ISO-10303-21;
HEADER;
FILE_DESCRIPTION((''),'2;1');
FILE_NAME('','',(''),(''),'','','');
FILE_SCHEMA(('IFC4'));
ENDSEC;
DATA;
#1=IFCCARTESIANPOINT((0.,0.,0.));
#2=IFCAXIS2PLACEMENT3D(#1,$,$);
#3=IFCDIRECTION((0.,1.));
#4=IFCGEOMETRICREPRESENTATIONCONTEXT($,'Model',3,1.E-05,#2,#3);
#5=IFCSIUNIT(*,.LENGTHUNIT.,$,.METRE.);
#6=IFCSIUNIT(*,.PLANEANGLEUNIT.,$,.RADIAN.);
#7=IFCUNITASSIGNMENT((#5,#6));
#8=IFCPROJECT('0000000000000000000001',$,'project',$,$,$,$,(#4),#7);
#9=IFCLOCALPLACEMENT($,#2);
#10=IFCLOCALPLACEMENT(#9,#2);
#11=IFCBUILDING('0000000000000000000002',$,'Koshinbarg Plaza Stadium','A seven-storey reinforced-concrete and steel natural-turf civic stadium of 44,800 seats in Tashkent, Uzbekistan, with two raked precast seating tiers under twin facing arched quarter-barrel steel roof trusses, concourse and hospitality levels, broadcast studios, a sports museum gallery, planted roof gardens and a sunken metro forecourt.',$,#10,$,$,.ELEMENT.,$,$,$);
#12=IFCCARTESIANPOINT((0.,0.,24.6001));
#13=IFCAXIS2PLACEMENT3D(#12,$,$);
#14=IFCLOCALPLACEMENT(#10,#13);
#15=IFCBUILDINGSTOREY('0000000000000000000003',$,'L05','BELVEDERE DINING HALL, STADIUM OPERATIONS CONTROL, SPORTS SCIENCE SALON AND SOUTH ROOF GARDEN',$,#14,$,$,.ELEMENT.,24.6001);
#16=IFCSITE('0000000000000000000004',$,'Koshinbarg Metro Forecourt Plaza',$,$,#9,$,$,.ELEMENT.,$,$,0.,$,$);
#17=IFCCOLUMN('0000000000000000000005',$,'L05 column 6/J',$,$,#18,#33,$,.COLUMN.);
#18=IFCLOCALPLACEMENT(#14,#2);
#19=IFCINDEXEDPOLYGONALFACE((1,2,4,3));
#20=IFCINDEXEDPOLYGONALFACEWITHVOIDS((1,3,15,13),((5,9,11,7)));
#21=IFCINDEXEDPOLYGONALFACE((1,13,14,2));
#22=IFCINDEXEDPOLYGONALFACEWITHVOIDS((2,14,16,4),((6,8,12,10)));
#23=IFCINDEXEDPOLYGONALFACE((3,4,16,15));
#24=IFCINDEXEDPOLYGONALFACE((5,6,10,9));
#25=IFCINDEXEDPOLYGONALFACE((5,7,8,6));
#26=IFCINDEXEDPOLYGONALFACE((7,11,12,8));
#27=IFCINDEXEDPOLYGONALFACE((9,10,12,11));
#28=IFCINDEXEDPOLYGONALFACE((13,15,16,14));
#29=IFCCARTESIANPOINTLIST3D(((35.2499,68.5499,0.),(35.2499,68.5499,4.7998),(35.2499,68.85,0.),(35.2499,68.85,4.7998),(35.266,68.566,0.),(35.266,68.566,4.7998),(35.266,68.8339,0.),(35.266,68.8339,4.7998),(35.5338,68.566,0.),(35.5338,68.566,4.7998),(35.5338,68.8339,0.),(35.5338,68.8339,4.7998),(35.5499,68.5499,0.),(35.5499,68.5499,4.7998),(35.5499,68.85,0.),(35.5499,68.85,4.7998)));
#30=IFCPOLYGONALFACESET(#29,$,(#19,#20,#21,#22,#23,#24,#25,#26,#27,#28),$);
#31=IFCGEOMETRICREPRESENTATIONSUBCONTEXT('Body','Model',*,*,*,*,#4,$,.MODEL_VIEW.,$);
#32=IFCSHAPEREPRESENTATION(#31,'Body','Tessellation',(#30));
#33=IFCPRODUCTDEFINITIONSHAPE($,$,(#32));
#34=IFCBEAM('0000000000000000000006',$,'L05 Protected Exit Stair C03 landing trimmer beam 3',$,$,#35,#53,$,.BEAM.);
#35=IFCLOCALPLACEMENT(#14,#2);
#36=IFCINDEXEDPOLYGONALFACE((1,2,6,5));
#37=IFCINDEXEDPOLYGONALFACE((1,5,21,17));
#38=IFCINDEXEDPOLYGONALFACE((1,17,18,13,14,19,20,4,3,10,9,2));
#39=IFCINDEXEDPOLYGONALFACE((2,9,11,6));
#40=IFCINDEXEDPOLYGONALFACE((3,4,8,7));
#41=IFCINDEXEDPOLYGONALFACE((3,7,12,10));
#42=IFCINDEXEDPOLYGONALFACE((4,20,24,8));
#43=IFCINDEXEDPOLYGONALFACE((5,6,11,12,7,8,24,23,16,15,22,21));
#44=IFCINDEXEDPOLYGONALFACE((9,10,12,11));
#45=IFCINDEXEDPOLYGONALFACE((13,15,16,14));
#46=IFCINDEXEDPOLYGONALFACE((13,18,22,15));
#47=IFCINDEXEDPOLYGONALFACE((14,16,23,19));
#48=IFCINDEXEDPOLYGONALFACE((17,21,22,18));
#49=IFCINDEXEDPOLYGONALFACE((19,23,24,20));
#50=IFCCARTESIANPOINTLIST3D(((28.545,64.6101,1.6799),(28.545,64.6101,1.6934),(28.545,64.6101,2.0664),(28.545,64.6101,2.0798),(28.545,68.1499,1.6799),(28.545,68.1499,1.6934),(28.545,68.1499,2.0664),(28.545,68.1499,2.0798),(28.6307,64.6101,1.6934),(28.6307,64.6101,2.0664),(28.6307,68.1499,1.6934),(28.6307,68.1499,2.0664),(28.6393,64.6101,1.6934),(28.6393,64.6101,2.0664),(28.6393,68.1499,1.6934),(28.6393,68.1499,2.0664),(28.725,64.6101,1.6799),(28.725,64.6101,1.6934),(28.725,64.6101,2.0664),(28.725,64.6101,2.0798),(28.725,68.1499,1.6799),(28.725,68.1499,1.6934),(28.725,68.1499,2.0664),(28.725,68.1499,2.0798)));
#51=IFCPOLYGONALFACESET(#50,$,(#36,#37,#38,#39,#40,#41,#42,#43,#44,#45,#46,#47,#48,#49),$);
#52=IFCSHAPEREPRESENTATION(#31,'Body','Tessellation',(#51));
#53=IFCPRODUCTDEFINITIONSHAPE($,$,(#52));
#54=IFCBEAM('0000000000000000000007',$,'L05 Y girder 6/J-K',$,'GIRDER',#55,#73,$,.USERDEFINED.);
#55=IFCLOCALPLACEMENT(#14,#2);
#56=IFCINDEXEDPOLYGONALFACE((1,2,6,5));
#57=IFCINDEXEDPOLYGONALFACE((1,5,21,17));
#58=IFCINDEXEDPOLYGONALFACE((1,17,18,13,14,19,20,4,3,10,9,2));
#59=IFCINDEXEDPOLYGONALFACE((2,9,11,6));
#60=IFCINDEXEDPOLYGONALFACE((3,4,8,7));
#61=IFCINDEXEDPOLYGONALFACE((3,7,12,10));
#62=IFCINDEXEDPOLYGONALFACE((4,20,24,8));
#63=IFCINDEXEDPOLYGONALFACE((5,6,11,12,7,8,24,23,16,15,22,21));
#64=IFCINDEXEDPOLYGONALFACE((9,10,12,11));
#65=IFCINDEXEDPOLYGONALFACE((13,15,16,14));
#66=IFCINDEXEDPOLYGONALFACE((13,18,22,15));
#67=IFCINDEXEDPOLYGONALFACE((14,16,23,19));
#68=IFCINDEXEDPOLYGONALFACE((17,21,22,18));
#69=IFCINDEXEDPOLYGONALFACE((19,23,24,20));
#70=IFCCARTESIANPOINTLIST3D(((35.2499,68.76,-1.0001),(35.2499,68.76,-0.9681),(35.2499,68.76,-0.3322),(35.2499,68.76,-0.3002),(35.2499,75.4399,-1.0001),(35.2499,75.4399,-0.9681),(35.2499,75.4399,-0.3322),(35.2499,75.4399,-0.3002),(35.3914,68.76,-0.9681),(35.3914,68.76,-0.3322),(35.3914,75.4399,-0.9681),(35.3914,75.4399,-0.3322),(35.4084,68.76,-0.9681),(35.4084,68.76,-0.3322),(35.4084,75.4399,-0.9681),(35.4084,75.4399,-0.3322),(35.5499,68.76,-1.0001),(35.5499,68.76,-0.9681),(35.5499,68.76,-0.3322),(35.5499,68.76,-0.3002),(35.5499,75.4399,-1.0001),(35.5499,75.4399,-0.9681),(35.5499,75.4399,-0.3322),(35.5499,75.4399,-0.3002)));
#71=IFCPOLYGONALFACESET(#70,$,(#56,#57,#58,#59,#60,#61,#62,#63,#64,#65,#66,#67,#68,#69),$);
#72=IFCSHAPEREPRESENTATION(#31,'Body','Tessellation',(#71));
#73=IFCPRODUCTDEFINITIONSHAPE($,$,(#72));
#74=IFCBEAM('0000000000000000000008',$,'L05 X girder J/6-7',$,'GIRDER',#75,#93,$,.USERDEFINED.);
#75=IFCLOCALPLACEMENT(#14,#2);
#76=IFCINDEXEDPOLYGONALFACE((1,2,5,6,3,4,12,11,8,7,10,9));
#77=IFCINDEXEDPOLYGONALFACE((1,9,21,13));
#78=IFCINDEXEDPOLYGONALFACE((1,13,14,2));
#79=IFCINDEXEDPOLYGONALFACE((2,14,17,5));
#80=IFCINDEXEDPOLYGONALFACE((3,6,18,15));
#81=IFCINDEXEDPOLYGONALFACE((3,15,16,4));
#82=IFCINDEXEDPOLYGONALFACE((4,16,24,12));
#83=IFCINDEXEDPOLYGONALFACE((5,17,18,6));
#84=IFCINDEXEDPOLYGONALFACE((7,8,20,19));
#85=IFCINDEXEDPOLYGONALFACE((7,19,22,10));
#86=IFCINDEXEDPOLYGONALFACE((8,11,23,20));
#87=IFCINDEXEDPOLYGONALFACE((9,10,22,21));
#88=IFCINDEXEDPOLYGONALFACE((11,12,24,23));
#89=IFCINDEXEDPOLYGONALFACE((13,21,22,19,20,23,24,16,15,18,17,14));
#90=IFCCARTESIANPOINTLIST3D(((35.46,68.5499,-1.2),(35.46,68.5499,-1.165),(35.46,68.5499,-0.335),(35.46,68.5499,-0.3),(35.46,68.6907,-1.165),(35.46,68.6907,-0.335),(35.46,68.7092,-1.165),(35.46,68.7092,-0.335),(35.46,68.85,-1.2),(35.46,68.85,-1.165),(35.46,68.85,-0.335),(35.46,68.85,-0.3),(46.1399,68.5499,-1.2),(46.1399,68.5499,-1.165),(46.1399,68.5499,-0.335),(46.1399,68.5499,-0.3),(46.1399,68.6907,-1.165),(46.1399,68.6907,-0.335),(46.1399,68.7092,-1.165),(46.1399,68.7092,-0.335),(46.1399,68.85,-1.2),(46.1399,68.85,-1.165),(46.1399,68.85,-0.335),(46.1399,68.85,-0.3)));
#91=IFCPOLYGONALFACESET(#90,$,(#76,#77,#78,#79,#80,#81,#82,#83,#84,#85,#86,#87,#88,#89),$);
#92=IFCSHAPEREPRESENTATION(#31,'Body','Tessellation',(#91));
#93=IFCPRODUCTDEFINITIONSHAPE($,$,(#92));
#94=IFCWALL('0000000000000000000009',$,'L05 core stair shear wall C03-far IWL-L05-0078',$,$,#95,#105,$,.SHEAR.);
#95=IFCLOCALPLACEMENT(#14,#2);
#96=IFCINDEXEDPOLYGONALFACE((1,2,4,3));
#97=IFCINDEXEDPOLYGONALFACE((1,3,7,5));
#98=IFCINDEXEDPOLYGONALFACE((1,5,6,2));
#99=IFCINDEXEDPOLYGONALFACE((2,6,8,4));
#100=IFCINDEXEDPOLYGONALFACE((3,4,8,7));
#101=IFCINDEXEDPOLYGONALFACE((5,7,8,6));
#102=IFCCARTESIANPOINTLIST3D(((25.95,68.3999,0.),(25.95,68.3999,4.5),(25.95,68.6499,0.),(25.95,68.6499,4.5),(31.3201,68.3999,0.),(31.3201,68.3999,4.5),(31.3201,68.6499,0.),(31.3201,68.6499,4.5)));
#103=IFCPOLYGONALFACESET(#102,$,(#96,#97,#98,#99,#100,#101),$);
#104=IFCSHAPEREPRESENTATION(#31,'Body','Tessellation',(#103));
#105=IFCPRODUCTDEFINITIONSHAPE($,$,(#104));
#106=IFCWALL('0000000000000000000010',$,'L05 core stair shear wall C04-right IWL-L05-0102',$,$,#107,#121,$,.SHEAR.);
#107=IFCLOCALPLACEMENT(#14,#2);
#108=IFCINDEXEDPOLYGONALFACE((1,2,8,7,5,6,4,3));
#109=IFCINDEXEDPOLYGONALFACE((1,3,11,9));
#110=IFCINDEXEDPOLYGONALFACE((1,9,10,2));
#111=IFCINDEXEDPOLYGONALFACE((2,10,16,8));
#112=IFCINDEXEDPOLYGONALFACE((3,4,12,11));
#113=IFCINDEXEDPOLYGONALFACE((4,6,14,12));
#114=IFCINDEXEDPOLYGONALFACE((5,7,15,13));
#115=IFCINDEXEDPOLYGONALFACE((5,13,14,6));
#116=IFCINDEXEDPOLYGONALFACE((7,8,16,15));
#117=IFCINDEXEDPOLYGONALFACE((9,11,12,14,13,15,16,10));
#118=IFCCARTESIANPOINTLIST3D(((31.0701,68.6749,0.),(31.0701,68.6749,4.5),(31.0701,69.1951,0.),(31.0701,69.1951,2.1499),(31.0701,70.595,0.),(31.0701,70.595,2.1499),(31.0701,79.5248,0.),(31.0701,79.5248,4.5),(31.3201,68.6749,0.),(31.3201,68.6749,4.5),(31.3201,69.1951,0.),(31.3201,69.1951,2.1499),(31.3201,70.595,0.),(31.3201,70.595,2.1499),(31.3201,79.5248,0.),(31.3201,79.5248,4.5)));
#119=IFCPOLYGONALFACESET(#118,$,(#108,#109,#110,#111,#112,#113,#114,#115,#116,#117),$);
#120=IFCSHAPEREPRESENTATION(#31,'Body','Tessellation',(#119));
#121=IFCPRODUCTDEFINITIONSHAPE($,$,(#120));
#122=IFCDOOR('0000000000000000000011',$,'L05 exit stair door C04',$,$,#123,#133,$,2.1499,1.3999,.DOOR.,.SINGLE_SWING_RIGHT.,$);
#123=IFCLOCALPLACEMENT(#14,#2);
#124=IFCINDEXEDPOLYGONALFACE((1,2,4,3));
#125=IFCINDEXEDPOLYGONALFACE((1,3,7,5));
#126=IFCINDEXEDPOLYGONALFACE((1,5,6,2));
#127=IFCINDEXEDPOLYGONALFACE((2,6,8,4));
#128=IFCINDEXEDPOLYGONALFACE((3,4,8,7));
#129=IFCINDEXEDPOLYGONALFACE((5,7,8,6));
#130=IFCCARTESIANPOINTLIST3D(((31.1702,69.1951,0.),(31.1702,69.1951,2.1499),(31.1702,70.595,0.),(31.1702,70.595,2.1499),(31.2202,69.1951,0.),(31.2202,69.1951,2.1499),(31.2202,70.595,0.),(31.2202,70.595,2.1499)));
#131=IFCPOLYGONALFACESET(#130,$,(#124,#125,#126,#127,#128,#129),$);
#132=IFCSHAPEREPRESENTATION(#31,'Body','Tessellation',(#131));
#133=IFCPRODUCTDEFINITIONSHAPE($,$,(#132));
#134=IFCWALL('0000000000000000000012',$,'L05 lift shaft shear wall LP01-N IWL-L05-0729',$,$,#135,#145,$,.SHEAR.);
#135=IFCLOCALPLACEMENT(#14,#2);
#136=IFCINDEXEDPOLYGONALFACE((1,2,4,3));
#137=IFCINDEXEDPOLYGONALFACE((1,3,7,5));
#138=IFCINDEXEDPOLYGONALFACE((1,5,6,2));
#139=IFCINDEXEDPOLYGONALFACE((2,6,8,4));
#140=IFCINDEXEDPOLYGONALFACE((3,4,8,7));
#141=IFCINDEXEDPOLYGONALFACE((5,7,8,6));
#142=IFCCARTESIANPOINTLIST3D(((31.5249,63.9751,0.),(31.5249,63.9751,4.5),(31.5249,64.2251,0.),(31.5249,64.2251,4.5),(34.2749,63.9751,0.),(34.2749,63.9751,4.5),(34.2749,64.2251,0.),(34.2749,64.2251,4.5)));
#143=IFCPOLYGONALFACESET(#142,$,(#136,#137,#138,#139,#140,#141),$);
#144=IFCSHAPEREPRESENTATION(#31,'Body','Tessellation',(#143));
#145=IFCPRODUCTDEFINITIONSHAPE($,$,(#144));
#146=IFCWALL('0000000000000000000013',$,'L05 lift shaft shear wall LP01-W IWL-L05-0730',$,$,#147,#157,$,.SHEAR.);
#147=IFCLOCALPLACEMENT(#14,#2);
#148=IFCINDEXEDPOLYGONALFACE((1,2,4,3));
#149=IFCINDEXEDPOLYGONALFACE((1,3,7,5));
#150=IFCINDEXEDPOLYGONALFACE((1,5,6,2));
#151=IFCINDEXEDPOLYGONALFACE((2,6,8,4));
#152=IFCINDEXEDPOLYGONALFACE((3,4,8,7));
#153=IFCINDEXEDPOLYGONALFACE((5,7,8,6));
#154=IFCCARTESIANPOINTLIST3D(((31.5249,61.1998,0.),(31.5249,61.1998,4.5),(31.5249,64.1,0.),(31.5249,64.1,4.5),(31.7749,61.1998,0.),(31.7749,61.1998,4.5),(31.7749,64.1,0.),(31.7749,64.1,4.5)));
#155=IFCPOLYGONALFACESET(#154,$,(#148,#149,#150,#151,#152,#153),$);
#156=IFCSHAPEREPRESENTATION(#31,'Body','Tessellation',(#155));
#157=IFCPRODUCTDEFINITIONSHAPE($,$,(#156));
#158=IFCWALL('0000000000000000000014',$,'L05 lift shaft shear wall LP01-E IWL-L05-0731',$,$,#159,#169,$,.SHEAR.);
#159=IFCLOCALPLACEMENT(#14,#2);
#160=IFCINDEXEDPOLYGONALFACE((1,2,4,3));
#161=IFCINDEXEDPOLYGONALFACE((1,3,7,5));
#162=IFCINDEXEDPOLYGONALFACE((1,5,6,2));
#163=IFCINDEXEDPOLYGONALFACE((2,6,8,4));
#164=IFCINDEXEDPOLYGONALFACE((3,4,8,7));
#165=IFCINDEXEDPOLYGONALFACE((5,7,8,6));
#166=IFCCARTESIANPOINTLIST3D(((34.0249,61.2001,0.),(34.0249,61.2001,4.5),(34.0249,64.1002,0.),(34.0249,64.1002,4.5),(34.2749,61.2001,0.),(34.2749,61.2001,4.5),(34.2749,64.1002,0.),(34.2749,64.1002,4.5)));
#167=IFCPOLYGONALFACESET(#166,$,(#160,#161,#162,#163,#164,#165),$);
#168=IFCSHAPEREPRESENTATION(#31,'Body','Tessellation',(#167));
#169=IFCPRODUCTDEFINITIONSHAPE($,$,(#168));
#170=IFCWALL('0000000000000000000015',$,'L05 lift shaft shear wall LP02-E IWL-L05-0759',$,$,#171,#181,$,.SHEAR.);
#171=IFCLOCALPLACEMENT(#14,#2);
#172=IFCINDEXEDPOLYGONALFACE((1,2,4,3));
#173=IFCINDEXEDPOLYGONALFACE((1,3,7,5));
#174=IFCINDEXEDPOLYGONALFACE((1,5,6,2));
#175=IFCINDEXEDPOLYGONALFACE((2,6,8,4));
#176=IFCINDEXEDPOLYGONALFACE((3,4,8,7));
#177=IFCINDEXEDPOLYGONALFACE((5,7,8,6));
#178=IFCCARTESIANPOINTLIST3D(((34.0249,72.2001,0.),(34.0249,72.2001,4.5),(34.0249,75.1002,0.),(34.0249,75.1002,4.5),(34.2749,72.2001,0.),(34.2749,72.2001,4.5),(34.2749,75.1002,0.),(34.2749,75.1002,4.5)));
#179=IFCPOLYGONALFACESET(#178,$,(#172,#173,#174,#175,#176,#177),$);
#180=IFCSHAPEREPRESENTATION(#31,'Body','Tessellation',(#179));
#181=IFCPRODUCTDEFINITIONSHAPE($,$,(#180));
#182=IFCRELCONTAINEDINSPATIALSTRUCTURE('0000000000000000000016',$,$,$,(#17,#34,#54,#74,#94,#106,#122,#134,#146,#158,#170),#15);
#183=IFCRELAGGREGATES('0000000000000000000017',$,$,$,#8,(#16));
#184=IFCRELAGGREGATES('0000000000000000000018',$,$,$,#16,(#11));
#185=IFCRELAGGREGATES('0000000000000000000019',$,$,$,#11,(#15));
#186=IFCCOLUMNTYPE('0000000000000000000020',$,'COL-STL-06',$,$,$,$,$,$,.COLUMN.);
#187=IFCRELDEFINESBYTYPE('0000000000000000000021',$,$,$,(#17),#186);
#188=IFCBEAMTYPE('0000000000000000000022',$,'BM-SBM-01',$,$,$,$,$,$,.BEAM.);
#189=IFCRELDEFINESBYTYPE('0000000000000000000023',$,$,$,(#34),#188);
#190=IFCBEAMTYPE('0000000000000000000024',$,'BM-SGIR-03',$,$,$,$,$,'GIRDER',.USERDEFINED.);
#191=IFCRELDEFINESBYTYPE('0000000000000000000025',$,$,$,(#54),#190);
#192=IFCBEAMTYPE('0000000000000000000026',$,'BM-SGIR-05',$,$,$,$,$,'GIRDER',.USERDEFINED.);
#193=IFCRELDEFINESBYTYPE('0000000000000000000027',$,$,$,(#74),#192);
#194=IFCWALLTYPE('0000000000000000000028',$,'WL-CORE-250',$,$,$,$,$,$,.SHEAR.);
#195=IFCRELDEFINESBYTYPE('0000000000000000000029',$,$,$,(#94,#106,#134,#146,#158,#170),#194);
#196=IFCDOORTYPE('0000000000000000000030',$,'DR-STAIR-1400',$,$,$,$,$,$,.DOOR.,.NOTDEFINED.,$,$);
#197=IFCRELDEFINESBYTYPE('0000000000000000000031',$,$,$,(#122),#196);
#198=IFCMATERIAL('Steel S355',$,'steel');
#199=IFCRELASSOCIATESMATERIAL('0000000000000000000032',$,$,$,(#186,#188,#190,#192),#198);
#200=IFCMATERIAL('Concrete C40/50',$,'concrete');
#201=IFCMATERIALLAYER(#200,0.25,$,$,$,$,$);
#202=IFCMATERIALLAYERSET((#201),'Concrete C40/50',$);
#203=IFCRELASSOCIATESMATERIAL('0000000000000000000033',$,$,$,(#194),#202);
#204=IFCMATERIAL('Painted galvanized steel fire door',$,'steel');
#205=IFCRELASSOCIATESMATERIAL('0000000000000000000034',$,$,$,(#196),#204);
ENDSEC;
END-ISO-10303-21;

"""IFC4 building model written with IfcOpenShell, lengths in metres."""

from ifc_helpers import new_model, si_unit, direction, frame, frame_2d, origin, origin_2d, place, context, subcontext, project, spatial, rectangle, hollow_rectangle, i_section, extrude, material, layer, layer_set, material_profile, profile_set, type_object, element, fill, save


model = new_model("IFC4")

# Units and contexts
model_context = context("Model", 3, precision=1e-05, world=origin(), true_north=direction((0.0, 1.0)))
body_context = subcontext(model_context, "Body", "Model", "MODEL_VIEW")
ifc_project = project(units=[si_unit("LENGTHUNIT", "METRE"), si_unit("PLANEANGLEUNIT", "RADIAN")], contexts=[model_context])

# Site, building, storey
site_placement = place(None, origin())
site = spatial("IfcSite", under=ifc_project, at=site_placement, Name="Koshinbarg Metro Forecourt Plaza", CompositionType="ELEMENT", RefElevation=0.0)
building_placement = place(site_placement, origin())
building = spatial("IfcBuilding", under=site, at=building_placement, Name="Koshinbarg Plaza Stadium", Description="A seven-storey reinforced-concrete and steel natural-turf civic stadium of 44,800 seats in Tashkent, Uzbekistan, with two raked precast seating tiers under twin facing arched quarter-barrel steel roof trusses, concourse and hospitality levels, broadcast studios, a sports museum gallery, planted roof gardens and a sunken metro forecourt.", CompositionType="ELEMENT")
storey_placement = place(building_placement, frame((0.0, 0.0, 24.6001)))
storey = spatial("IfcBuildingStorey", under=building, at=storey_placement, Name="L05", Description="BELVEDERE DINING HALL, STADIUM OPERATIONS CONTROL, SPORTS SCIENCE SALON AND SOUTH ROOF GARDEN", CompositionType="ELEMENT", Elevation=24.6001)

# Column
ifc_material_1 = material(Name="Steel S355", Category="steel")
ifc_material_profile_1 = material_profile(ifc_material_1, hollow_rectangle(XDim=0.3, YDim=0.3, WallThickness=0.0161, at=origin_2d()), Name="SHS 300x300x16")
ifc_profile_set_1 = profile_set([ifc_material_profile_1], Name="Steel S355")
column_type = type_object("IfcColumnType", Name="COL-STL-06", PredefinedType="COLUMN", material=ifc_profile_set_1)
column_placement = place(storey_placement, frame((35.3999, 68.7, 0.0), z_axis=(0.0, 0.0, 1.0), x_axis=(1.0, 0.0, 0.0)))
element("IfcColumn", 1, at=column_placement, inside=storey, type_object=column_type, Name="L05 column 6/J", PredefinedType="COLUMN", context=body_context, shape_type="SweptSolid", body=[
    extrude(hollow_rectangle(XDim=0.3, YDim=0.3, WallThickness=0.0161, at=origin_2d()), origin(), (0.0, 0.0, 1.0), 4.7998),
])

# Beams
ifc_material_profile_2 = material_profile(ifc_material_1, i_section(OverallWidth=0.1799, OverallDepth=0.3999, WebThickness=0.0085, FlangeThickness=0.0134, at=origin_2d()), Name="IPE 400")
ifc_profile_set_2 = profile_set([ifc_material_profile_2], Name="Steel S355")
beam_type_1 = type_object("IfcBeamType", Name="BM-SBM-01", PredefinedType="BEAM", material=ifc_profile_set_2)
beam_1_placement = place(storey_placement, frame((28.635, 64.6101, 1.8799), z_axis=(0.0, 1.0, 0.0), x_axis=(-1.0, 0.0, 0.0)))
element("IfcBeam", 2, at=beam_1_placement, inside=storey, type_object=beam_type_1, Name="L05 Protected Exit Stair C03 landing trimmer beam 3", PredefinedType="BEAM", context=body_context, shape_type="SweptSolid", body=[
    extrude(i_section(OverallWidth=0.1799, OverallDepth=0.3999, WebThickness=0.0085, FlangeThickness=0.0134, at=origin_2d()), origin(), (0.0, 0.0, 1.0), 3.5398),
])
ifc_material_profile_3 = material_profile(ifc_material_1, i_section(OverallWidth=0.3, OverallDepth=0.7, WebThickness=0.0171, FlangeThickness=0.032, at=origin_2d()), Name="HEB 700")
ifc_profile_set_3 = profile_set([ifc_material_profile_3], Name="Steel S355")
beam_type_2 = type_object("IfcBeamType", Name="BM-SGIR-03", ElementType="GIRDER", PredefinedType="USERDEFINED", material=ifc_profile_set_3)
beam_2_placement = place(storey_placement, frame((35.3999, 68.76, -0.6501), z_axis=(0.0, 1.0, 0.0), x_axis=(-1.0, 0.0, 0.0)))
element("IfcBeam", 3, at=beam_2_placement, inside=storey, type_object=beam_type_2, Name="L05 Y girder 6/J-K", ObjectType="GIRDER", PredefinedType="USERDEFINED", context=body_context, shape_type="SweptSolid", body=[
    extrude(i_section(OverallWidth=0.3, OverallDepth=0.7, WebThickness=0.0171, FlangeThickness=0.032, at=origin_2d()), origin(), (0.0, 0.0, 1.0), 6.6799),
])
ifc_material_profile_4 = material_profile(ifc_material_1, i_section(OverallWidth=0.3, OverallDepth=0.8999, WebThickness=0.0186, FlangeThickness=0.0349, at=origin_2d()), Name="HEB 900")
ifc_profile_set_4 = profile_set([ifc_material_profile_4], Name="Steel S355")
beam_type_3 = type_object("IfcBeamType", Name="BM-SGIR-05", ElementType="GIRDER", PredefinedType="USERDEFINED", material=ifc_profile_set_4)
beam_3_placement = place(storey_placement, frame((35.46, 68.7, -0.75), z_axis=(1.0, 0.0, 0.0), x_axis=(0.0, 1.0, 0.0)))
element("IfcBeam", 4, at=beam_3_placement, inside=storey, type_object=beam_type_3, Name="L05 X girder J/6-7", ObjectType="GIRDER", PredefinedType="USERDEFINED", context=body_context, shape_type="SweptSolid", body=[
    extrude(i_section(OverallWidth=0.3, OverallDepth=0.8999, WebThickness=0.0186, FlangeThickness=0.0349, at=origin_2d()), origin(), (0.0, 0.0, 1.0), 10.6799),
])

# Wall
ifc_material_2 = material(Name="Concrete C40/50", Category="concrete")
ifc_layer_1 = layer(ifc_material_2, 0.25)
ifc_layer_set_1 = layer_set([ifc_layer_1], Name="Concrete C40/50")
wall_type_1 = type_object("IfcWallType", Name="WL-CORE-250", PredefinedType="SHEAR", material=ifc_layer_set_1)
wall_1_placement = place(storey_placement, frame((31.3201, 68.5249, 0.0), z_axis=(0.0, 0.0, 1.0), x_axis=(-1.0, 0.0, 0.0)))
element("IfcWall", 5, at=wall_1_placement, inside=storey, type_object=wall_type_1, Name="L05 core stair shear wall C03-far IWL-L05-0078", PredefinedType="SHEAR", context=body_context, shape_type="SweptSolid", body=[
    extrude(rectangle(XDim=5.3701, YDim=0.25, at=frame_2d((2.6851, 0.0))), origin(), (0.0, 0.0, 1.0), 4.5),
])

# Wall, opening, door
wall_2_placement = place(storey_placement, frame((31.1951, 68.675, 0.0), z_axis=(0.0, 0.0, 1.0), x_axis=(0.0, 1.0, 0.0)))
wall_2 = element("IfcWall", 6, at=wall_2_placement, inside=storey, type_object=wall_type_1, Name="L05 core stair shear wall C04-right IWL-L05-0102", PredefinedType="SHEAR", context=body_context, shape_type="SweptSolid", body=[
    extrude(rectangle(XDim=10.8499, YDim=0.25, at=frame_2d((5.4248, 0.0))), origin(), (0.0, 0.0, 1.0), 4.5),
])
opening_1_placement = place(wall_2_placement, frame((0.52, 0.0, 0.0)))
opening_1 = element("IfcOpeningElement", 7, at=opening_1_placement, cuts=wall_2, PredefinedType="OPENING", context=body_context, shape_type="SweptSolid", body=[
    extrude(rectangle(XDim=1.3999, YDim=2.1499, at=frame_2d((0.7, 1.075))), frame((0.0, 0.135, 0.0), z_axis=(0.0, -1.0, 0.0), x_axis=(1.0, 0.0, 0.0)), (0.0, 0.0, 1.0), 0.27),
])
ifc_material_3 = material(Name="Painted galvanized steel fire door", Category="steel")
door_type_1 = type_object("IfcDoorType", Name="DR-STAIR-1400", OperationType="NOTDEFINED", PredefinedType="DOOR", material=ifc_material_3)
door_1_placement = place(opening_1_placement, origin())
door_1 = element("IfcDoor", 8, at=door_1_placement, inside=storey, type_object=door_type_1, Name="L05 exit stair door C04", OperationType="SINGLE_SWING_RIGHT", OverallHeight=2.1499, OverallWidth=1.3999, PredefinedType="DOOR", context=body_context, shape_type="SweptSolid", body=[
    extrude(rectangle(XDim=1.3999, YDim=2.1499, at=frame_2d((0.7, 1.075))), frame((0.0, 0.0249, 0.0), z_axis=(0.0, -1.0, 0.0), x_axis=(1.0, 0.0, 0.0)), (0.0, 0.0, 1.0), 0.05),
])
fill(opening_1, door_1)

# Walls
wall_3_placement = place(storey_placement, frame((34.2749, 64.1001, 0.0), z_axis=(0.0, 0.0, 1.0), x_axis=(-1.0, 0.0, 0.0)))
element("IfcWall", 9, at=wall_3_placement, inside=storey, type_object=wall_type_1, Name="L05 lift shaft shear wall LP01-N IWL-L05-0729", PredefinedType="SHEAR", context=body_context, shape_type="SweptSolid", body=[
    extrude(rectangle(XDim=2.75, YDim=0.25, at=frame_2d((1.375, 0.0))), origin(), (0.0, 0.0, 1.0), 4.5),
])
for number, where, z_axis, x_axis, name in (
    (10, (31.6499, 64.1001, 0.0), (0.0, 0.0, 1.0), (0.0, -1.0, 0.0), "L05 lift shaft shear wall LP01-W IWL-L05-0730"),
    (11, (34.1499, 61.2, 0.0), (0.0, 0.0, 1.0), (0.0, 1.0, 0.0), "L05 lift shaft shear wall LP01-E IWL-L05-0731"),
):
    element("IfcWall", number, at=place(storey_placement, frame(where, z_axis=z_axis, x_axis=x_axis)), inside=storey, type_object=wall_type_1, Name=name, PredefinedType="SHEAR", context=body_context, shape_type="SweptSolid", body=[
        extrude(rectangle(XDim=2.9001, YDim=0.25, at=frame_2d((1.4502, 0.0))), origin(), (0.0, 0.0, 1.0), 4.5),
    ])

# Wall
wall_4_placement = place(storey_placement, frame((34.1499, 72.2, 0.0), z_axis=(0.0, 0.0, 1.0), x_axis=(0.0, 1.0, 0.0)))
element("IfcWall", 12, at=wall_4_placement, inside=storey, type_object=wall_type_1, Name="L05 lift shaft shear wall LP02-E IWL-L05-0759", PredefinedType="SHEAR", context=body_context, shape_type="SweptSolid", body=[
    extrude(rectangle(XDim=2.9001, YDim=0.25, at=frame_2d((1.4502, 0.0))), origin(), (0.0, 0.0, 1.0), 4.5),
])

save(model, "model.ifc")
